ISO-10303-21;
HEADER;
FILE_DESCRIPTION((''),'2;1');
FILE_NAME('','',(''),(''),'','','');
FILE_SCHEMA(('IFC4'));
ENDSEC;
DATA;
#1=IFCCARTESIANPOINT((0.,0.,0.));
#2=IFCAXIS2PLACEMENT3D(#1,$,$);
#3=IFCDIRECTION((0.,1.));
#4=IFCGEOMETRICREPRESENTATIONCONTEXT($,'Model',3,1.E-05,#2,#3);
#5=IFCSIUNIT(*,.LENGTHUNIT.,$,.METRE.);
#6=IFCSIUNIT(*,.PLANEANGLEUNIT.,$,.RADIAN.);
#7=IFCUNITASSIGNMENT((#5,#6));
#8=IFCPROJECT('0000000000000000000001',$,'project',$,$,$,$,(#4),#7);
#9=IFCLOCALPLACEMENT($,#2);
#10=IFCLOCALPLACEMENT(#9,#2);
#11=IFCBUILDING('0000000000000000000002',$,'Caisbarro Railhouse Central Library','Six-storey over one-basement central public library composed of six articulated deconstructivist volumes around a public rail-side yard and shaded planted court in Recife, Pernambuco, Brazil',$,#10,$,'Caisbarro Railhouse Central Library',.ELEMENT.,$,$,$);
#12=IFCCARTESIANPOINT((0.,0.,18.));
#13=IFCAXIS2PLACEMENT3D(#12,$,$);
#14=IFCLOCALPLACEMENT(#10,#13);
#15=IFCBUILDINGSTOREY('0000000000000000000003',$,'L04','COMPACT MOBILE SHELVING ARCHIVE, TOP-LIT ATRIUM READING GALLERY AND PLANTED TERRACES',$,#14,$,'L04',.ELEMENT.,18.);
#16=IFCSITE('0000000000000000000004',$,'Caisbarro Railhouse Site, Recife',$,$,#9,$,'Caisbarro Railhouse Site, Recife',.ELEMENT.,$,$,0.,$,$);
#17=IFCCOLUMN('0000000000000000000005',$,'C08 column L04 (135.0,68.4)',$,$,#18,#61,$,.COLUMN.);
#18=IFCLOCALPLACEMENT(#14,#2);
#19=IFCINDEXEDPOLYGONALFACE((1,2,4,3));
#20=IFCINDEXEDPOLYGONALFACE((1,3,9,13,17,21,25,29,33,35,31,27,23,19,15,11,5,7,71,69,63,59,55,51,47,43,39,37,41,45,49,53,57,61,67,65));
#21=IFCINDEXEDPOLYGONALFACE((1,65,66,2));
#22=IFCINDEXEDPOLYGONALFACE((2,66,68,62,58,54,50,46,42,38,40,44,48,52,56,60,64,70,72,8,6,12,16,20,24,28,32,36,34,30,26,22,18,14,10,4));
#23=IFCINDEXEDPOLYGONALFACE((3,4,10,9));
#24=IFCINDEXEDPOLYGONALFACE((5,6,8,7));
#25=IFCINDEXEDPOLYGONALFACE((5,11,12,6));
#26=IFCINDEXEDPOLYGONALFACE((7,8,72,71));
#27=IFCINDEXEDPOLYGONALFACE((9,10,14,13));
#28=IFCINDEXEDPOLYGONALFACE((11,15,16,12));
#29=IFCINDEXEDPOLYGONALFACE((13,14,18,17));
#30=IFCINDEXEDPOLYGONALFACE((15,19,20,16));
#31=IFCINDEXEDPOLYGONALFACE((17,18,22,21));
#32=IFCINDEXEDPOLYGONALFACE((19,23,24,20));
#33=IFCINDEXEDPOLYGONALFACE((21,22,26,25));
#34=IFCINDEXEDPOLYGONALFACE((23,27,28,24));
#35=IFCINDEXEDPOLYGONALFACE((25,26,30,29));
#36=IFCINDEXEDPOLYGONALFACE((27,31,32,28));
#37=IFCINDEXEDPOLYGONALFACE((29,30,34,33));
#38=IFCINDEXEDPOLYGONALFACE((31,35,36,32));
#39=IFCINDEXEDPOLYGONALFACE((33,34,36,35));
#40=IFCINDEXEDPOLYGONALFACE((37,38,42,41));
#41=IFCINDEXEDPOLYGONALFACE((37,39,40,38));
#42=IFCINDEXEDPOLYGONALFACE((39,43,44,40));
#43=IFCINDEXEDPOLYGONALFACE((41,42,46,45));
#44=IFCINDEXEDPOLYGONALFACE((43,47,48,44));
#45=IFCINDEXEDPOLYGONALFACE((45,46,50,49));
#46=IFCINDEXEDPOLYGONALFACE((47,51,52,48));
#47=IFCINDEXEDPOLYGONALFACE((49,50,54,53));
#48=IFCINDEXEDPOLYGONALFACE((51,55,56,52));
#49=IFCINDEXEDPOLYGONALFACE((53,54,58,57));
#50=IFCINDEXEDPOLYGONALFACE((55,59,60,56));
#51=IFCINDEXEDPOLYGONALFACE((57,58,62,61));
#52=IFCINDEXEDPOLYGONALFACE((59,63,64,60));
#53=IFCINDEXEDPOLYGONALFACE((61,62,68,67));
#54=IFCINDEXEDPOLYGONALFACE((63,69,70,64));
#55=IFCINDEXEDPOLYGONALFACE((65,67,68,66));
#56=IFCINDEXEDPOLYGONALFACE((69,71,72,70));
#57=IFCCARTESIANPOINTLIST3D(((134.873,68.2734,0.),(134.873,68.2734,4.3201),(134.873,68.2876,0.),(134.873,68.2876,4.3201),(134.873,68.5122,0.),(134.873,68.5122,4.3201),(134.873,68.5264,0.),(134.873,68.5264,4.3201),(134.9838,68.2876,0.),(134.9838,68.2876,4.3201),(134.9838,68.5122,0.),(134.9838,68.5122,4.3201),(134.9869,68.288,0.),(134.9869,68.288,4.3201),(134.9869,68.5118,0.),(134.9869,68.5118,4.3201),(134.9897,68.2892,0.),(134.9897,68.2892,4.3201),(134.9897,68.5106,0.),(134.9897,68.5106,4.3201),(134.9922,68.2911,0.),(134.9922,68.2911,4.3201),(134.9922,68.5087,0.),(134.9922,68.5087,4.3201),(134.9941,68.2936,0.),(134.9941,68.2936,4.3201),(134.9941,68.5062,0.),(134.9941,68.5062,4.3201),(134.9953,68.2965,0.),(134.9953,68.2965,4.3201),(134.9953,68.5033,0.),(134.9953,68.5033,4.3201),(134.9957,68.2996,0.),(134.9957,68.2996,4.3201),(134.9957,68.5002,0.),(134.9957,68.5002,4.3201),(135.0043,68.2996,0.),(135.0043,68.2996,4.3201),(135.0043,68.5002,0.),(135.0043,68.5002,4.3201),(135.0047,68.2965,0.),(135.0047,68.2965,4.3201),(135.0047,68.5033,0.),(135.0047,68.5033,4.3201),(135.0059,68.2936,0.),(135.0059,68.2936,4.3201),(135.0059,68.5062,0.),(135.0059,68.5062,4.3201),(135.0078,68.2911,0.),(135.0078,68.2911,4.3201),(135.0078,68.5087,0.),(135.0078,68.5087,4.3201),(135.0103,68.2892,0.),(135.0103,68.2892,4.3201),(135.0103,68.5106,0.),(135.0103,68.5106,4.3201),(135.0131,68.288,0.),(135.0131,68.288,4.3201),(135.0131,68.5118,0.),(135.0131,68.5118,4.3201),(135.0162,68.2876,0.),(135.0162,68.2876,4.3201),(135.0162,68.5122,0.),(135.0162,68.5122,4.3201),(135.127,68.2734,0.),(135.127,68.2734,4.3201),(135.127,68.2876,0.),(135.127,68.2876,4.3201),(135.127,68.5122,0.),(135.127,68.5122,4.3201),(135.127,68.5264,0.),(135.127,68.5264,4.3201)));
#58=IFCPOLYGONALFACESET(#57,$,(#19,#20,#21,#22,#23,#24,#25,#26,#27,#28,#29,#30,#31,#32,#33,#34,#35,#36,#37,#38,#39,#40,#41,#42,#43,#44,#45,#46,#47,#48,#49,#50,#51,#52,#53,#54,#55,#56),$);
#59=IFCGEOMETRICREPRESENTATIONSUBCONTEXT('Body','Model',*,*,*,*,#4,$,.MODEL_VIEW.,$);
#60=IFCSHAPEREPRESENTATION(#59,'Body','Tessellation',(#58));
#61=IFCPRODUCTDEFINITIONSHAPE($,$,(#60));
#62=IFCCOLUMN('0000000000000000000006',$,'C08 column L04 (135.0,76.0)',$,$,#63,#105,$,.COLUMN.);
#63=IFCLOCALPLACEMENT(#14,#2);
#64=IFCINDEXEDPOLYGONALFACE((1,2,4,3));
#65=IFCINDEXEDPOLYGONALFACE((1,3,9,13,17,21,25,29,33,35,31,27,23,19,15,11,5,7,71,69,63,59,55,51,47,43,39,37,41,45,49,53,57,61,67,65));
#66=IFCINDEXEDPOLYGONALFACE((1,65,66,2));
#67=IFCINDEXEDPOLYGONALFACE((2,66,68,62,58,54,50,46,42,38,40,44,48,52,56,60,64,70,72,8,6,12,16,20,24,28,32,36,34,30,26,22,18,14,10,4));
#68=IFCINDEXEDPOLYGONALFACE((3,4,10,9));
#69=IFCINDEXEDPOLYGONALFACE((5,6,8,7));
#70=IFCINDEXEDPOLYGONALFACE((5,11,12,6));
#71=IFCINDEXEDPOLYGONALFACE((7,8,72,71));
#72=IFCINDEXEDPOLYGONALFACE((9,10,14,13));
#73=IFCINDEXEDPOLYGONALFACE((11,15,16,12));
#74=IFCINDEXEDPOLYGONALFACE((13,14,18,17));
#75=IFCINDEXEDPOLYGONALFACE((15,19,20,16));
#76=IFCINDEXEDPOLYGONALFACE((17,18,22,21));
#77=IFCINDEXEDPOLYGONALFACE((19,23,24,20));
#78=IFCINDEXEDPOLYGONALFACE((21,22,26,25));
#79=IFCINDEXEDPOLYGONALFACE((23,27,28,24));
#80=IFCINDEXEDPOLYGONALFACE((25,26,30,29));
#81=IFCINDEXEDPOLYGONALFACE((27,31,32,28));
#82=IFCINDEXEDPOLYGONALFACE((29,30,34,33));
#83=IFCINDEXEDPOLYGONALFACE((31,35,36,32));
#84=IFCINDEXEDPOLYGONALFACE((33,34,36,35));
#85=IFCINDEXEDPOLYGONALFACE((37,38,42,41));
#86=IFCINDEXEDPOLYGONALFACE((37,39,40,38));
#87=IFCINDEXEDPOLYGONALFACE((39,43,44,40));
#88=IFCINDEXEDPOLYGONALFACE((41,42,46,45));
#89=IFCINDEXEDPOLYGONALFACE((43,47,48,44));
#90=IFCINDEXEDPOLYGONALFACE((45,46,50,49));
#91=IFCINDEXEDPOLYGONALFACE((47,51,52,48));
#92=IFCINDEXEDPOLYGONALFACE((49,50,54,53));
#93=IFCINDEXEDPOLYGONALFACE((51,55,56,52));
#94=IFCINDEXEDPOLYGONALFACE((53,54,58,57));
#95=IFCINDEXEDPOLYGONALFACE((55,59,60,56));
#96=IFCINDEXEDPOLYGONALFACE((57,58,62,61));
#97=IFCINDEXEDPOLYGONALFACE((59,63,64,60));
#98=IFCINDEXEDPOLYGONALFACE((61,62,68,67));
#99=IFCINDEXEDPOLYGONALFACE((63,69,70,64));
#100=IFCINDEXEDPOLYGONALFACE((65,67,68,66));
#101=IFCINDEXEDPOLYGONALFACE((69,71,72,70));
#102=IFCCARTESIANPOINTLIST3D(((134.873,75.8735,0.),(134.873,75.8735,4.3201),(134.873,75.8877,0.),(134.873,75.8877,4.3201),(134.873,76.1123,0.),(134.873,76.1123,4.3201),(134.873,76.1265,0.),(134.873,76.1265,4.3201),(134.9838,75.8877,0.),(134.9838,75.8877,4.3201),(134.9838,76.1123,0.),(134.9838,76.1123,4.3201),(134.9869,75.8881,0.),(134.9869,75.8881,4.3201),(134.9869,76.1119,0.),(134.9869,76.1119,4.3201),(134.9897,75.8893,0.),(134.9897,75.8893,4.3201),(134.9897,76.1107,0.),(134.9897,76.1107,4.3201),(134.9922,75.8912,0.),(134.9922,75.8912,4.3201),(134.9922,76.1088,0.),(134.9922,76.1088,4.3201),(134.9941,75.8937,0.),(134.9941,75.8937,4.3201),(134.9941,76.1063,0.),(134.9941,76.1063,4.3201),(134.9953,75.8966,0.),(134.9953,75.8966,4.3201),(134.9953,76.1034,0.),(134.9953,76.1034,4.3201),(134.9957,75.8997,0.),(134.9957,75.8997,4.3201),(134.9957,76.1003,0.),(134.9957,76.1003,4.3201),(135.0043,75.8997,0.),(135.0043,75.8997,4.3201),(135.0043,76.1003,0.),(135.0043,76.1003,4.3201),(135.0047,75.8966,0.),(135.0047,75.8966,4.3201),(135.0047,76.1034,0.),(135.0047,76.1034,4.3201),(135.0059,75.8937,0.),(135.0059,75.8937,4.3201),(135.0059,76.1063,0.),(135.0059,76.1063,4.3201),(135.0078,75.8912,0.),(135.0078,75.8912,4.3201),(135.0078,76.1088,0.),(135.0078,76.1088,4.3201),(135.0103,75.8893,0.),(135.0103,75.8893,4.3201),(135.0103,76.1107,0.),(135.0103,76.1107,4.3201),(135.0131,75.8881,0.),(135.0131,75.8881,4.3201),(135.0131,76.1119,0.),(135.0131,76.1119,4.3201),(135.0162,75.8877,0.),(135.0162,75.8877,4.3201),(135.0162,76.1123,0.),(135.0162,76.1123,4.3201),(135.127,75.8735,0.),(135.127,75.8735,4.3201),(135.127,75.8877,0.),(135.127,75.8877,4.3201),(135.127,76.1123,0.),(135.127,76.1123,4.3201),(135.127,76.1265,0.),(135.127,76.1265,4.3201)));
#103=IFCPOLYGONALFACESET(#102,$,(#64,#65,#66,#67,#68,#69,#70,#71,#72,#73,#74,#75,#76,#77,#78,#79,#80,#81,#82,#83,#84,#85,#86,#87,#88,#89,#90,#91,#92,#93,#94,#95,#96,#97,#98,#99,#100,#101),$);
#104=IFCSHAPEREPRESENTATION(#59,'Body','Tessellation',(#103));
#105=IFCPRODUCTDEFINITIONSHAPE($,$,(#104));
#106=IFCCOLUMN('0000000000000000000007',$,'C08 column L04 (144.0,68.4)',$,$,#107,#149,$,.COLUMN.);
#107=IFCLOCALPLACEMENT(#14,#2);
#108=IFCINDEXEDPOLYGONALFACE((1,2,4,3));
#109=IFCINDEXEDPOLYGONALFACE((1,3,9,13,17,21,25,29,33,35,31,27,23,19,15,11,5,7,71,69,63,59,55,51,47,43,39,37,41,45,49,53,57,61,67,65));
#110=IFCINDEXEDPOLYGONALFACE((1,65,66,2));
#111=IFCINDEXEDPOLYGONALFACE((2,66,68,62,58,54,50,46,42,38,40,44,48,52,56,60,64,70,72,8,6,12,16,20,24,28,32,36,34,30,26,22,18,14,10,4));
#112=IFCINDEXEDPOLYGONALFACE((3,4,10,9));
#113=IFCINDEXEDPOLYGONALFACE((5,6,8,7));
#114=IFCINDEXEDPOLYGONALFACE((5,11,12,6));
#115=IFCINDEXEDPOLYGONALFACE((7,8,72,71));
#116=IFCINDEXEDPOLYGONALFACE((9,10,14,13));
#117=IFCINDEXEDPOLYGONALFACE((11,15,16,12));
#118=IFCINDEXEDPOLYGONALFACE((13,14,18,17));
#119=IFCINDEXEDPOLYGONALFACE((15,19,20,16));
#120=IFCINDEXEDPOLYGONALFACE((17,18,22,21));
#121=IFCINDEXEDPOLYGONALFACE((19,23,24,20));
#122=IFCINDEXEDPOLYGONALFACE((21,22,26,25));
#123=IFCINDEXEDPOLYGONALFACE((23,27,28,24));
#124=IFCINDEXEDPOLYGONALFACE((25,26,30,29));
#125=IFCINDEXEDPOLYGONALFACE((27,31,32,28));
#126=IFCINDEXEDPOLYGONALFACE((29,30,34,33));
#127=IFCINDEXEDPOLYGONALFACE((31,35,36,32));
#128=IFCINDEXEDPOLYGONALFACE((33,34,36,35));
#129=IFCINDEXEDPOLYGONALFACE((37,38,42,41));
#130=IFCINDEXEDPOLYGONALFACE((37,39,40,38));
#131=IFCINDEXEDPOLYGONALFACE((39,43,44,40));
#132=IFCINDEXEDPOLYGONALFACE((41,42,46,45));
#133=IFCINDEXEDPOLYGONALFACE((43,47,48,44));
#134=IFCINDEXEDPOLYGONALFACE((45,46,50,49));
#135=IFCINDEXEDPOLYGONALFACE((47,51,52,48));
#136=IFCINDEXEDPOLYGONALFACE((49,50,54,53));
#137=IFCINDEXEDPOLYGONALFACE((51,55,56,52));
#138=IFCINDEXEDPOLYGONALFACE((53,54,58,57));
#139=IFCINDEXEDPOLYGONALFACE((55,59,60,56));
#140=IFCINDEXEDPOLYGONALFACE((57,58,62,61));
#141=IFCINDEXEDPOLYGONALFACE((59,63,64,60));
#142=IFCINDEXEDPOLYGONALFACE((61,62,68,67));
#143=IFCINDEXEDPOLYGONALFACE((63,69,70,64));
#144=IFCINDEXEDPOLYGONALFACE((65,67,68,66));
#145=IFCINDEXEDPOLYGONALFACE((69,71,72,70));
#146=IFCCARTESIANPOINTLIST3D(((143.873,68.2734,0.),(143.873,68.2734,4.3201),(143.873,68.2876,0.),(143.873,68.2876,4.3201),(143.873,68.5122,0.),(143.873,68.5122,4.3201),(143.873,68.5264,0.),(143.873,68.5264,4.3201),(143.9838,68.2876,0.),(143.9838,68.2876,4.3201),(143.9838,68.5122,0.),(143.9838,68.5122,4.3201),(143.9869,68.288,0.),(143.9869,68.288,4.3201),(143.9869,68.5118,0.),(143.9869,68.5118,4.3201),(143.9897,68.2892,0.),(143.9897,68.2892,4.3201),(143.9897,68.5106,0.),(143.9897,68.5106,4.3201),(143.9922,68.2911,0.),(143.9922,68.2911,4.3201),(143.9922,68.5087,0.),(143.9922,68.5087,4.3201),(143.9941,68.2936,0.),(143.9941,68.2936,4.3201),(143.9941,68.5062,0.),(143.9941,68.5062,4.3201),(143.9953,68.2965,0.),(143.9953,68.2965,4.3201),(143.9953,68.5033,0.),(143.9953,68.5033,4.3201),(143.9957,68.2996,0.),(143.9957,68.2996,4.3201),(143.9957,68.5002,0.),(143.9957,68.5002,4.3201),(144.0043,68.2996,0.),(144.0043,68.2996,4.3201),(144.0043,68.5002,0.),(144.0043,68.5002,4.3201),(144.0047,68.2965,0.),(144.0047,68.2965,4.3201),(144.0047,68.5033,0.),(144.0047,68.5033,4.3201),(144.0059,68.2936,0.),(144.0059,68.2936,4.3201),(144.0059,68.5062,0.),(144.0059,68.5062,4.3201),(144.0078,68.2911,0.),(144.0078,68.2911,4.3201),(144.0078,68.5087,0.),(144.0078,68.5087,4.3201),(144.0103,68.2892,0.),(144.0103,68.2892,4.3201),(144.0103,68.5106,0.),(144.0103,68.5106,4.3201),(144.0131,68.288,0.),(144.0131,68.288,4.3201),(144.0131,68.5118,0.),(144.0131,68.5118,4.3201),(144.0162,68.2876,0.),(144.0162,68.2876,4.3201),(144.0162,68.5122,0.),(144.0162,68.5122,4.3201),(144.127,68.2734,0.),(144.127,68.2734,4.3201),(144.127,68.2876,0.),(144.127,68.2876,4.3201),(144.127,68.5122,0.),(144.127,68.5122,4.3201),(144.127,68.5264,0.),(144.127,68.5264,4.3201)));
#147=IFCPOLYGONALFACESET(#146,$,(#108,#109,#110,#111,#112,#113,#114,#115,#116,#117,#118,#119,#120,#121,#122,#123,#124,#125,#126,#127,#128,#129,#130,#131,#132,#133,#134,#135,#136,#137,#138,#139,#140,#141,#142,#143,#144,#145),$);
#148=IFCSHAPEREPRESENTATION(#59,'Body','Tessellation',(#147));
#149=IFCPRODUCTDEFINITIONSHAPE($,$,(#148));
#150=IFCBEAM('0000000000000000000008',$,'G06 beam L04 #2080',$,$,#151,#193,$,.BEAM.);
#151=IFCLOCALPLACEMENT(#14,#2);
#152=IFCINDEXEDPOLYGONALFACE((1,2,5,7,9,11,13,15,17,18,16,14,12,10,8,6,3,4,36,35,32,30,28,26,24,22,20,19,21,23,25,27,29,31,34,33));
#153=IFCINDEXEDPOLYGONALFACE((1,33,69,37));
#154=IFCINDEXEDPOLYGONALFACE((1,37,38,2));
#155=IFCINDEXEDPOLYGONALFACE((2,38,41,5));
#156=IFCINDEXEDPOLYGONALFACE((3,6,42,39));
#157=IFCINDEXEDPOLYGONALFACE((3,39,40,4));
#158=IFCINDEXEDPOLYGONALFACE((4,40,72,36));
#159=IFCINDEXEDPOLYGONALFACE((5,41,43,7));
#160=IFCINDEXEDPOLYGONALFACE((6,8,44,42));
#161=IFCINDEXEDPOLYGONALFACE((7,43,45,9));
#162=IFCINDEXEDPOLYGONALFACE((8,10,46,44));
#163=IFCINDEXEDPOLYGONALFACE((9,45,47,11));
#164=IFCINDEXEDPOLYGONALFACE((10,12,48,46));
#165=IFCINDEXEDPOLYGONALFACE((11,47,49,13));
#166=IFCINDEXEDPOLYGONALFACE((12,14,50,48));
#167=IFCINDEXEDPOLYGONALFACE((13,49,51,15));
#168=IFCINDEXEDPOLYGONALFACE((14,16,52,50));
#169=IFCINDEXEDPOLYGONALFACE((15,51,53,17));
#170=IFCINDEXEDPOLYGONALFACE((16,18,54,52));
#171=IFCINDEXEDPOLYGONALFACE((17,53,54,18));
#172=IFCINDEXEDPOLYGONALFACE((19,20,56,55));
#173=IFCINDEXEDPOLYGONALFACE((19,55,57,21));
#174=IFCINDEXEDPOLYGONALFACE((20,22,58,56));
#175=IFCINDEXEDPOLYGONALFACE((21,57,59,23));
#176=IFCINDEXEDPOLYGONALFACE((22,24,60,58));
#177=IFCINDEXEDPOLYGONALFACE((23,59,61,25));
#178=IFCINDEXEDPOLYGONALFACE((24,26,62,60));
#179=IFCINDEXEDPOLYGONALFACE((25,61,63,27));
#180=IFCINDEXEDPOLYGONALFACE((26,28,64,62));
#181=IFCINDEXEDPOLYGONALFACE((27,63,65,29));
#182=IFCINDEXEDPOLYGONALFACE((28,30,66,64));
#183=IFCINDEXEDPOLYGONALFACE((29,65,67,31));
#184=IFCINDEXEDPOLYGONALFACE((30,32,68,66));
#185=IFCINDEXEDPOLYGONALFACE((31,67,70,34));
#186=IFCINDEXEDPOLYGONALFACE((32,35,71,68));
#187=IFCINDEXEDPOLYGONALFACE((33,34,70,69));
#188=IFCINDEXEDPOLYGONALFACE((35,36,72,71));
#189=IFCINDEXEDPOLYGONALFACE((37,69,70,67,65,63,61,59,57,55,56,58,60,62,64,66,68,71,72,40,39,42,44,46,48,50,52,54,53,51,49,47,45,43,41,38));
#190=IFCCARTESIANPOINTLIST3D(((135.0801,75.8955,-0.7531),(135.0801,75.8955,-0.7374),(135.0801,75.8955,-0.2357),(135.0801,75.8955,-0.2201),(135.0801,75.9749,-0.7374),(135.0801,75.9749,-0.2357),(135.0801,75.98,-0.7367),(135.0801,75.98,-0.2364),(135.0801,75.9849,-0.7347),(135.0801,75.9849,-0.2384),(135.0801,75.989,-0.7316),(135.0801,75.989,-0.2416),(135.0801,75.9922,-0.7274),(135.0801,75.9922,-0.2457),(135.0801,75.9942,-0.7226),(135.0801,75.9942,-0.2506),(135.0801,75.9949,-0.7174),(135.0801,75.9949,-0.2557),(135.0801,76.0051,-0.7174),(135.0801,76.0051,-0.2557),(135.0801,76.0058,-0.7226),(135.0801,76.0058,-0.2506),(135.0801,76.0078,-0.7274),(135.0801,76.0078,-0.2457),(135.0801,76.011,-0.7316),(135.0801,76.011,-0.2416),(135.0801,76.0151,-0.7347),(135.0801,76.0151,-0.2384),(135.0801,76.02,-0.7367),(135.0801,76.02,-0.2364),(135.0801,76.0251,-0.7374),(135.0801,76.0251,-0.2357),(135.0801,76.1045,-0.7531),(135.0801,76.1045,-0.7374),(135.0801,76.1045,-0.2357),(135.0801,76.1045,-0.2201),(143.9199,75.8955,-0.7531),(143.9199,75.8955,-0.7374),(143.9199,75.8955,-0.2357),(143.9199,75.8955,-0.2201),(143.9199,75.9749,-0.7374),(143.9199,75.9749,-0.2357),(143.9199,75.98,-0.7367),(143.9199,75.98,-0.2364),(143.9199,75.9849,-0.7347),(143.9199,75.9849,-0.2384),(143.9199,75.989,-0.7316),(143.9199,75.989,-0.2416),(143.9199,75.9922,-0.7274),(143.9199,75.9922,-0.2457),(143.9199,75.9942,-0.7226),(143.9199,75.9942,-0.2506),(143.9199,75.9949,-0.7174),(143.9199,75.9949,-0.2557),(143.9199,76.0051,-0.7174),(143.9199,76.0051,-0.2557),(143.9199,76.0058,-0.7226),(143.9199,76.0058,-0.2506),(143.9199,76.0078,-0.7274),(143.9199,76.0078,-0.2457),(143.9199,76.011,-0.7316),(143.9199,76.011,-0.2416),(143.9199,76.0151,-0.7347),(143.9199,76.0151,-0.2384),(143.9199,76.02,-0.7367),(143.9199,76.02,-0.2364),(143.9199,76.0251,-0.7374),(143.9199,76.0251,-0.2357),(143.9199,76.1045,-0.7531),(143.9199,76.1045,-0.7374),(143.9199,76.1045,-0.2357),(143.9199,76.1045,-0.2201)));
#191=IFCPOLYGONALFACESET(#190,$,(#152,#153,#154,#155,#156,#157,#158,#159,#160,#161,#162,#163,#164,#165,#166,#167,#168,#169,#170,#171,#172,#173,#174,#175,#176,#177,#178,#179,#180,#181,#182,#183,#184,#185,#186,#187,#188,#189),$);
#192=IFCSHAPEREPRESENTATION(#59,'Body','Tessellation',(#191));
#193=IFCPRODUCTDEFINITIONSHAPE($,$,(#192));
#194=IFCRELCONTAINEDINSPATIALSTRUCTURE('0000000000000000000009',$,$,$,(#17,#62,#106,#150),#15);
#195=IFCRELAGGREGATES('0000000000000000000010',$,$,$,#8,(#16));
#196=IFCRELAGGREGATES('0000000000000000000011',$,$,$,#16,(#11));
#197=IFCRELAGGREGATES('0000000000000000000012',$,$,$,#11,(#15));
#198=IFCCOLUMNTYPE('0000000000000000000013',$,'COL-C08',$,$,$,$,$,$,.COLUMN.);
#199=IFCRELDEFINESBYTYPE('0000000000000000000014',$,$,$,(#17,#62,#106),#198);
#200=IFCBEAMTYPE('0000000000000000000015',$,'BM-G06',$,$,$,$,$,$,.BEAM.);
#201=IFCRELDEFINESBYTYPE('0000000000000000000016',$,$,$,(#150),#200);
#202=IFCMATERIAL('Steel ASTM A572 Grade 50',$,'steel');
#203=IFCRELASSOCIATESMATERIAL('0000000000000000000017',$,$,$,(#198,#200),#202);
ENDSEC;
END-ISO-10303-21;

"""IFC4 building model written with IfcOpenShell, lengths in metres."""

from ifc_helpers import new_model, si_unit, direction, frame, origin, origin_2d, place, context, subcontext, project, spatial, i_section, extrude, material, material_profile, profile_set, type_object, element, save


model = new_model("IFC4")

# Units and contexts
model_context = context("Model", 3, precision=1e-05, world=origin(), true_north=direction((0.0, 1.0)))
body_context = subcontext(model_context, "Body", "Model", "MODEL_VIEW")
ifc_project = project(units=[si_unit("LENGTHUNIT", "METRE"), si_unit("PLANEANGLEUNIT", "RADIAN")], contexts=[model_context])

# Site, building, storey
site_placement = place(None, origin())
site = spatial("IfcSite", under=ifc_project, at=site_placement, Name="Caisbarro Railhouse Site, Recife", LongName="Caisbarro Railhouse Site, Recife", CompositionType="ELEMENT", RefElevation=0.0)
building_placement = place(site_placement, origin())
building = spatial("IfcBuilding", under=site, at=building_placement, Name="Caisbarro Railhouse Central Library", Description="Six-storey over one-basement central public library composed of six articulated deconstructivist volumes around a public rail-side yard and shaded planted court in Recife, Pernambuco, Brazil", LongName="Caisbarro Railhouse Central Library", CompositionType="ELEMENT")
storey_placement = place(building_placement, frame((0.0, 0.0, 18.0)))
storey = spatial("IfcBuildingStorey", under=building, at=storey_placement, Name="L04", Description="COMPACT MOBILE SHELVING ARCHIVE, TOP-LIT ATRIUM READING GALLERY AND PLANTED TERRACES", LongName="L04", CompositionType="ELEMENT", Elevation=18.0)

# Columns
ifc_material_1 = material(Name="Steel ASTM A572 Grade 50", Category="steel")
ifc_material_profile_1 = material_profile(ifc_material_1, i_section(OverallWidth=0.2539, OverallDepth=0.2529, WebThickness=0.0085, FlangeThickness=0.0142, FilletRadius=0.012, at=origin_2d()), Name="W250X73.0")
ifc_profile_set_1 = profile_set([ifc_material_profile_1], Name="Steel ASTM A572 Grade 50")
column_type = type_object("IfcColumnType", Name="COL-C08", PredefinedType="COLUMN", material=ifc_profile_set_1)
for number, where, z_axis, x_axis, name in (
    (1, (135.0, 68.3999, 0.0), (0.0, 0.0, 1.0), (1.0, 0.0, 0.0), "C08 column L04 (135.0,68.4)"),
    (2, (135.0, 76.0, 0.0), (0.0, 0.0, 1.0), (1.0, 0.0, 0.0), "C08 column L04 (135.0,76.0)"),
    (3, (144.0, 68.3999, 0.0), (0.0, 0.0, 1.0), (1.0, 0.0, 0.0), "C08 column L04 (144.0,68.4)"),
):
    element("IfcColumn", number, at=place(storey_placement, frame(where, z_axis=z_axis, x_axis=x_axis)), inside=storey, type_object=column_type, Name=name, PredefinedType="COLUMN", context=body_context, shape_type="SweptSolid", body=[
        extrude(i_section(OverallWidth=0.2539, OverallDepth=0.2529, WebThickness=0.0085, FlangeThickness=0.0142, FilletRadius=0.012, at=origin_2d()), origin(), (0.0, 0.0, 1.0), 4.3201),
    ])

# Beam
ifc_material_profile_2 = material_profile(ifc_material_1, i_section(OverallWidth=0.209, OverallDepth=0.533, WebThickness=0.0103, FlangeThickness=0.0156, FilletRadius=0.02, at=origin_2d()), Name="W530X92.0")
ifc_profile_set_2 = profile_set([ifc_material_profile_2], Name="Steel ASTM A572 Grade 50")
beam_type_1 = type_object("IfcBeamType", Name="BM-G06", PredefinedType="BEAM", material=ifc_profile_set_2)
beam_1_placement = place(storey_placement, frame((135.0801, 76.0, -0.4866), z_axis=(1.0, 0.0, 0.0), x_axis=(0.0, 1.0, 0.0)))
element("IfcBeam", 4, at=beam_1_placement, inside=storey, type_object=beam_type_1, Name="G06 beam L04 #2080", PredefinedType="BEAM", context=body_context, shape_type="SweptSolid", body=[
    extrude(i_section(OverallWidth=0.209, OverallDepth=0.533, WebThickness=0.0103, FlangeThickness=0.0156, FilletRadius=0.02, at=origin_2d()), origin(), (0.0, 0.0, 1.0), 8.8398),
])

save(model, "model.ifc")
